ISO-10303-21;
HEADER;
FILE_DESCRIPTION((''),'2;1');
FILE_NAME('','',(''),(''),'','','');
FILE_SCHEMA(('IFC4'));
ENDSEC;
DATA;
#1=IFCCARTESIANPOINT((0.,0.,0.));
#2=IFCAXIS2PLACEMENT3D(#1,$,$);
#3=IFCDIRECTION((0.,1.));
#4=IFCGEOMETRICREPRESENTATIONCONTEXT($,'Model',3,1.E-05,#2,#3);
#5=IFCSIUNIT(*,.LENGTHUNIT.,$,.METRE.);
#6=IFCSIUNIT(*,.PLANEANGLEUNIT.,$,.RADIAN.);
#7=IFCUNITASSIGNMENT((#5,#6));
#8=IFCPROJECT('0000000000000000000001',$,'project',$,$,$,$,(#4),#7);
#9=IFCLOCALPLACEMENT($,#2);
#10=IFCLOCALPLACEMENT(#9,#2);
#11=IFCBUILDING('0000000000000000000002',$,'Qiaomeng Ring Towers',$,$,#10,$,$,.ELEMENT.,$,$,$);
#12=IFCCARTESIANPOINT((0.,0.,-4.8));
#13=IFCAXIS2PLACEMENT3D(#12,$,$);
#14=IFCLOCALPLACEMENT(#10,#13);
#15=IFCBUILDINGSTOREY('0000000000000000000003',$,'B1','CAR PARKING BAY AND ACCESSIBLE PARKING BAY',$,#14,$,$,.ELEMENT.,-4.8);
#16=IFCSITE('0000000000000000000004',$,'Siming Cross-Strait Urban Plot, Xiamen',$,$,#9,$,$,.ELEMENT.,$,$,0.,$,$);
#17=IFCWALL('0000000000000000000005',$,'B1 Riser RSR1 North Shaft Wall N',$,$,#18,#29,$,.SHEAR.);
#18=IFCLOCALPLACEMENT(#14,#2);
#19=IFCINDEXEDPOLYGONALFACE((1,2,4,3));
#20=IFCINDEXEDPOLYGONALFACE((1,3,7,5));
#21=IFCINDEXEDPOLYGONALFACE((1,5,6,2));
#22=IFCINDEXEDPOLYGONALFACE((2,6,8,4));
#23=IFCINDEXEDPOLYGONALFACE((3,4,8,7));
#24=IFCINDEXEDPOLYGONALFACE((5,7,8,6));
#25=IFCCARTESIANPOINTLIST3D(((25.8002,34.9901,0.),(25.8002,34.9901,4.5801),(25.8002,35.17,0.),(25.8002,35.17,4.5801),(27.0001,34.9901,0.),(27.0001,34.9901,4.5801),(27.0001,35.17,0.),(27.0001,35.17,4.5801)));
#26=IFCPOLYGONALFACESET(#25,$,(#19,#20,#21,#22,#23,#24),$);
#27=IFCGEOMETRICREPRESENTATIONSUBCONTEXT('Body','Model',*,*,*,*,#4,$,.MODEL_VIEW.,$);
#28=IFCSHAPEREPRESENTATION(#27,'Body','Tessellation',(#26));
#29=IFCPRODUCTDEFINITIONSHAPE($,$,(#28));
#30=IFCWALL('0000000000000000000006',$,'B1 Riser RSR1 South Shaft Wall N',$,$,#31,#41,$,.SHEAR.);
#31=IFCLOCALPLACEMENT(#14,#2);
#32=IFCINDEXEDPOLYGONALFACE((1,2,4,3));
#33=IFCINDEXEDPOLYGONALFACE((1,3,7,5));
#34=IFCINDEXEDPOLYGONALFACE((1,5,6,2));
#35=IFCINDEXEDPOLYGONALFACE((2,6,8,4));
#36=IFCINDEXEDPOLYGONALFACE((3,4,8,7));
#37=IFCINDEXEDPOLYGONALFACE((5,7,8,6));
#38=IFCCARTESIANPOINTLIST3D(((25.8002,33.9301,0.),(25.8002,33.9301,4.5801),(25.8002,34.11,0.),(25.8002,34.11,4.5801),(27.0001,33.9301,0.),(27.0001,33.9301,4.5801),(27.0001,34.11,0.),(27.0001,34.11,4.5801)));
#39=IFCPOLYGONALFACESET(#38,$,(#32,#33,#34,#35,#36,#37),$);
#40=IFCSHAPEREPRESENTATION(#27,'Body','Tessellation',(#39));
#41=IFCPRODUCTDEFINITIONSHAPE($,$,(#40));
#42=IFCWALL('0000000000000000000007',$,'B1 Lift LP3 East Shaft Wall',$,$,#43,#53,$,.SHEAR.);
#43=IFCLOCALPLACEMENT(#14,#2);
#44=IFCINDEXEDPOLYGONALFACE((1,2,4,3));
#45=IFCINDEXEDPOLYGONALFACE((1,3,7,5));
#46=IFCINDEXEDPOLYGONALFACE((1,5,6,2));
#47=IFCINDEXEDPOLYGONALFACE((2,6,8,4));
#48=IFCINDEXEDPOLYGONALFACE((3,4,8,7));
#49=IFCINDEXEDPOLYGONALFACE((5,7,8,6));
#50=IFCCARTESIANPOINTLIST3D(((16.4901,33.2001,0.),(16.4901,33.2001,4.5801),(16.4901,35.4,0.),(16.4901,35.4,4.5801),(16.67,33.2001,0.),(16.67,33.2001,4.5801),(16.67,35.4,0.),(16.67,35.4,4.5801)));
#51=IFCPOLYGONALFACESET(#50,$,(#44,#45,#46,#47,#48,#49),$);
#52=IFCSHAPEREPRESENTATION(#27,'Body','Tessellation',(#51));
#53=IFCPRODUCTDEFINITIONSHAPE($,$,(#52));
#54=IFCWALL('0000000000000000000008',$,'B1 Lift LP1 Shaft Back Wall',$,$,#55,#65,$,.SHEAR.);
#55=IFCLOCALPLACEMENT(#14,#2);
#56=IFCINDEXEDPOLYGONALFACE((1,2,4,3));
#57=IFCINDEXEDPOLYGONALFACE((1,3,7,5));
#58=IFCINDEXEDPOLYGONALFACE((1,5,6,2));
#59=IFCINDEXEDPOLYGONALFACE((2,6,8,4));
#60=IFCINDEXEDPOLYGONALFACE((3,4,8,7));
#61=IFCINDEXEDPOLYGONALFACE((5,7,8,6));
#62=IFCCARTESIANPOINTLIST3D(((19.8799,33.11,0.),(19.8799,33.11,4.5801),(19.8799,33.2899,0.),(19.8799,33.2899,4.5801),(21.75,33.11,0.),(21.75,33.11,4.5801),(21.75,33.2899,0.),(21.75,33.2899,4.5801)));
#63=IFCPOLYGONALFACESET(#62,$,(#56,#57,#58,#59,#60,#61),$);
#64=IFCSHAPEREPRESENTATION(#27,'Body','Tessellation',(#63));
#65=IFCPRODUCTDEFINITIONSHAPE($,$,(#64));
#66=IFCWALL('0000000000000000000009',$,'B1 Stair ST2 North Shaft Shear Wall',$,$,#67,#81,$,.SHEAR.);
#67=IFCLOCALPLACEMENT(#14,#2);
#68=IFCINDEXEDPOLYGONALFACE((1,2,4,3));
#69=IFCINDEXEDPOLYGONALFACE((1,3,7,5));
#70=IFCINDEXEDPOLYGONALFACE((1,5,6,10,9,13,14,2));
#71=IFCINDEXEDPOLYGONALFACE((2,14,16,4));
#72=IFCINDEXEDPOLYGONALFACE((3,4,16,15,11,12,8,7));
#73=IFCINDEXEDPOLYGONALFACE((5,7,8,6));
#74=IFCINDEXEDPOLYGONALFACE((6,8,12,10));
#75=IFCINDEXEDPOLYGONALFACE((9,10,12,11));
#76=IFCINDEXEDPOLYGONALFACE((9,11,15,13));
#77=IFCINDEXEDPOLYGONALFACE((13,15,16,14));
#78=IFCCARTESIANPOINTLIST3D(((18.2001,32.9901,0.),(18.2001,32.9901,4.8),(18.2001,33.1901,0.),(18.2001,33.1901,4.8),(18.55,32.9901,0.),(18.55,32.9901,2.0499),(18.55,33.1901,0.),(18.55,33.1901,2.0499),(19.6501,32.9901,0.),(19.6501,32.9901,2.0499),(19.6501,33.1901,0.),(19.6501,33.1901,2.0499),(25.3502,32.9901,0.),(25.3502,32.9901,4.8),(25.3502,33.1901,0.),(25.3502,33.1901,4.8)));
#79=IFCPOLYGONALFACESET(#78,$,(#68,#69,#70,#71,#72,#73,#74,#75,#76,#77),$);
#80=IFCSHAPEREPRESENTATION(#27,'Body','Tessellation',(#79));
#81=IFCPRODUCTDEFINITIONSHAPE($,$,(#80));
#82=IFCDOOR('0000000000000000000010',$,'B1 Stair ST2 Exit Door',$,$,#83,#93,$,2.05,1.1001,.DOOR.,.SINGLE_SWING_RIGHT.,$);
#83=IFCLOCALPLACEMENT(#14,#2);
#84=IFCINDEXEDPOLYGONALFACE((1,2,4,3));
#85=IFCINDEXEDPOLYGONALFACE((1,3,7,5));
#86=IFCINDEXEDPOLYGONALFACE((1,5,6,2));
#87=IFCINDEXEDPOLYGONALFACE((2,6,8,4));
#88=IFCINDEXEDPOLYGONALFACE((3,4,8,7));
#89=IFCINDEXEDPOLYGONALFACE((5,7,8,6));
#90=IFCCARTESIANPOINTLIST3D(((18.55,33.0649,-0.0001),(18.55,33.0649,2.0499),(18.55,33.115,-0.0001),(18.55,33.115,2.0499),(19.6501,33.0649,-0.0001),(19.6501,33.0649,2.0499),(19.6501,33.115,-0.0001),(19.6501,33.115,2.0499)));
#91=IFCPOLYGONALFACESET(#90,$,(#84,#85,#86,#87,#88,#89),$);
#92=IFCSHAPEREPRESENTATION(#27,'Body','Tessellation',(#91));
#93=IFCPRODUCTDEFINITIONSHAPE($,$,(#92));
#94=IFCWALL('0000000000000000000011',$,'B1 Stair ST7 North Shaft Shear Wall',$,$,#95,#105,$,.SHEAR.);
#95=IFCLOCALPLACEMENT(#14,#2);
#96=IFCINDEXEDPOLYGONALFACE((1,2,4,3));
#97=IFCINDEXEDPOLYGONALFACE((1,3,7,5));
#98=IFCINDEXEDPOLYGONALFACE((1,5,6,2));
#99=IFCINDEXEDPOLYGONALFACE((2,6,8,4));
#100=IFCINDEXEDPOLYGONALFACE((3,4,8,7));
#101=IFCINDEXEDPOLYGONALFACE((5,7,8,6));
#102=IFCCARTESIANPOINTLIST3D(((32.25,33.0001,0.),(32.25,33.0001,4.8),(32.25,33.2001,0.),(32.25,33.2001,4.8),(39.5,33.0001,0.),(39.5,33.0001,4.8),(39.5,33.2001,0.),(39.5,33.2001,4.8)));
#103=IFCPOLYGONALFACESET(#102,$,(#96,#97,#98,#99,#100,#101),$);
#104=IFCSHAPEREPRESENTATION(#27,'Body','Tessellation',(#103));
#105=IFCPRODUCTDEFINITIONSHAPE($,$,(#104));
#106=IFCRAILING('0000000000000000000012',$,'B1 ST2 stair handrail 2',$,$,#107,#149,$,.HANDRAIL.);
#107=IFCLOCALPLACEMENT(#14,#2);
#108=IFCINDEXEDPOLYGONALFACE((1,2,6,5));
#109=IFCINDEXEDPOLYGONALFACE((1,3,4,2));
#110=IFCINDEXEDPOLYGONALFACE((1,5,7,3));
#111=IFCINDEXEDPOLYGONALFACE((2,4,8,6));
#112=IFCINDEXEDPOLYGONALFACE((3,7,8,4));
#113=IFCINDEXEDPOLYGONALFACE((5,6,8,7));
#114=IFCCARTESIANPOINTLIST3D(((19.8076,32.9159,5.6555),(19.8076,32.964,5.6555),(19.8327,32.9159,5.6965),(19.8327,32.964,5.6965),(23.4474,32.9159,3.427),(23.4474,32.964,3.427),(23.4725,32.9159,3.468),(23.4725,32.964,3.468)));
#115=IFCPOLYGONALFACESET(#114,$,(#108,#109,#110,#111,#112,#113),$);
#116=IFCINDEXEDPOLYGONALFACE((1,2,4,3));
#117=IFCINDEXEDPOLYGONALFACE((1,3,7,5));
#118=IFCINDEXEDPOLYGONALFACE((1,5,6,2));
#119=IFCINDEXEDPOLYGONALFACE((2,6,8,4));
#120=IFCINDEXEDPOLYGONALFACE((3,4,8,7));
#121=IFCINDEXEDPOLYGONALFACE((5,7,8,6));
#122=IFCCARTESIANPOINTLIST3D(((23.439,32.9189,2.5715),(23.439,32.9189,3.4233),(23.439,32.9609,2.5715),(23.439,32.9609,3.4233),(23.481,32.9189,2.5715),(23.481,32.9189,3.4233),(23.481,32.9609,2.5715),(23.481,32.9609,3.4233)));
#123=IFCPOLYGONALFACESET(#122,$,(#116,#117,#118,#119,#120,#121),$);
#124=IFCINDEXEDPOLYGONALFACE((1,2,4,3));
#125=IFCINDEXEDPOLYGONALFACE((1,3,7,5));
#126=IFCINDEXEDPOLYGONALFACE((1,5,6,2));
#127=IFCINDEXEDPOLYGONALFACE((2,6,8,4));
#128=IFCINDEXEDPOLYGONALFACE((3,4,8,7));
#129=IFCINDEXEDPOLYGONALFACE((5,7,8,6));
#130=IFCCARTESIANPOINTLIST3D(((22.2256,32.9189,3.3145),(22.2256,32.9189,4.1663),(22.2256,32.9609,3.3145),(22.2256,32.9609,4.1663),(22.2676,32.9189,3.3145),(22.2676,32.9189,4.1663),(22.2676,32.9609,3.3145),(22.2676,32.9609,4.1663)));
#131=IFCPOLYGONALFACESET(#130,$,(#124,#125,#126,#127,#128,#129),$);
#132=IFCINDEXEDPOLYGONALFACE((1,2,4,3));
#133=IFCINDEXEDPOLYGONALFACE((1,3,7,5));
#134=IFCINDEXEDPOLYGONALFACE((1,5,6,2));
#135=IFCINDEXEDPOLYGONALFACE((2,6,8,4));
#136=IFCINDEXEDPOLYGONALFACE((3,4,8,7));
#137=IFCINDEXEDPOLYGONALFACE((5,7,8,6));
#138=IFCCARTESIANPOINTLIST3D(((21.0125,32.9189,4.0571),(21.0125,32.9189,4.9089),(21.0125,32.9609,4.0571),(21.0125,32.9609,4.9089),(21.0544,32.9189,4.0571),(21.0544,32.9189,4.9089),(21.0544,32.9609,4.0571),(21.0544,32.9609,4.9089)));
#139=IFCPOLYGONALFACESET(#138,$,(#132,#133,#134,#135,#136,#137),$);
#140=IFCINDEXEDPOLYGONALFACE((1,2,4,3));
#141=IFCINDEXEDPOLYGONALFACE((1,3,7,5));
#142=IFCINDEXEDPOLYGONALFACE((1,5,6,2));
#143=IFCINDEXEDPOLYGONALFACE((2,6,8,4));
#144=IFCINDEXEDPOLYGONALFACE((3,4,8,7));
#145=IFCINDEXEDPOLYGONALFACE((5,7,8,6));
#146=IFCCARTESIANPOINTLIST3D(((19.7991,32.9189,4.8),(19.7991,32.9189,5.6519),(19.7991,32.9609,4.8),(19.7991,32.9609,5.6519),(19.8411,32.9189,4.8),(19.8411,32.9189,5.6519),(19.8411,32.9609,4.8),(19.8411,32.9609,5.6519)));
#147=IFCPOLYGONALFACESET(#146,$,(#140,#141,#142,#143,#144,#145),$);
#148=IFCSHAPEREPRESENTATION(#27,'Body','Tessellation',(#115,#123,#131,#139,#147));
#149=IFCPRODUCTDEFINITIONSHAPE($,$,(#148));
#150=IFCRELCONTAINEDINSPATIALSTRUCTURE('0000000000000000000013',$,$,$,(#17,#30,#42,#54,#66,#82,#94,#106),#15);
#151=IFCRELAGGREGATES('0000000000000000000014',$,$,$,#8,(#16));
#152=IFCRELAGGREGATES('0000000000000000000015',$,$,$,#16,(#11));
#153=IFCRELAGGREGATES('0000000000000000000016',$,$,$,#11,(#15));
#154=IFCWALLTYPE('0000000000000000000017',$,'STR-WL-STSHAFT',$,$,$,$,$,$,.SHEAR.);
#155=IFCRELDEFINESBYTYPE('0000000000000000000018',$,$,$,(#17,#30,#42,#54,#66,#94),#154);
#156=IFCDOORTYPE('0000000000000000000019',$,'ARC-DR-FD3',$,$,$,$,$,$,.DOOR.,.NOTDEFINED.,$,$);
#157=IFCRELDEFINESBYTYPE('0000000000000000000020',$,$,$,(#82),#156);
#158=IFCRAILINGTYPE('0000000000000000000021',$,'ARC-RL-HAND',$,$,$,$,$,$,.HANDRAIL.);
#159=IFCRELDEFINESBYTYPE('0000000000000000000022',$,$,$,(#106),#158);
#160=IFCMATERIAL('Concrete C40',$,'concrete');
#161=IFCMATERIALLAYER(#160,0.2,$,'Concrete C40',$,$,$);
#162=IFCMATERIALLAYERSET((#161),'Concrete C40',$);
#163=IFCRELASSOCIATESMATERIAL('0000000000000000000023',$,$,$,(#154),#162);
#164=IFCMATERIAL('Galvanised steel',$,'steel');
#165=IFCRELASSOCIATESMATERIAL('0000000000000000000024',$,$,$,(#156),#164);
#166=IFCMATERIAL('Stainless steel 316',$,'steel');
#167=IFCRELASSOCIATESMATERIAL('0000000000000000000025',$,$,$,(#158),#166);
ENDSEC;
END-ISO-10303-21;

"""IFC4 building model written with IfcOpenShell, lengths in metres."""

from ifc_helpers import new_model, si_unit, direction, frame, frame_2d, origin, origin_2d, place, context, subcontext, project, spatial, rectangle, extrude, source, transform, mapped, material, layer, layer_set, type_object, element, fill, save


model = new_model("IFC4")

# Units and contexts
model_context = context("Model", 3, precision=1e-05, world=origin(), true_north=direction((0.0, 1.0)))
body_context = subcontext(model_context, "Body", "Model", "MODEL_VIEW")
ifc_project = project(units=[si_unit("LENGTHUNIT", "METRE"), si_unit("PLANEANGLEUNIT", "RADIAN")], contexts=[model_context])

# Site, building, storey
site_placement = place(None, origin())
site = spatial("IfcSite", under=ifc_project, at=site_placement, Name="Siming Cross-Strait Urban Plot, Xiamen", CompositionType="ELEMENT", RefElevation=0.0)
building_placement = place(site_placement, origin())
building = spatial("IfcBuilding", under=site, at=building_placement, Name="Qiaomeng Ring Towers", CompositionType="ELEMENT")
storey_placement = place(building_placement, frame((0.0, 0.0, -4.8)))
storey = spatial("IfcBuildingStorey", under=building, at=storey_placement, Name="B1", Description="CAR PARKING BAY AND ACCESSIBLE PARKING BAY", CompositionType="ELEMENT", Elevation=-4.8)

# Walls
ifc_material_1 = material(Name="Concrete C40", Category="concrete")
ifc_layer_1 = layer(ifc_material_1, 0.2, Name="Concrete C40")
ifc_layer_set_1 = layer_set([ifc_layer_1], Name="Concrete C40")
wall_type_1 = type_object("IfcWallType", Name="STR-WL-STSHAFT", PredefinedType="SHEAR", material=ifc_layer_set_1)
for number, where, z_axis, x_axis, name in (
    (1, (25.8, 35.0801, 0.0), (0.0, 0.0, 1.0), (1.0, 0.0, 0.0), "B1 Riser RSR1 North Shaft Wall N"),
    (2, (25.8, 34.02, 0.0), (0.0, 0.0, 1.0), (1.0, 0.0, 0.0), "B1 Riser RSR1 South Shaft Wall N"),
):
    element("IfcWall", number, at=place(storey_placement, frame(where, z_axis=z_axis, x_axis=x_axis)), inside=storey, type_object=wall_type_1, Name=name, PredefinedType="SHEAR", context=body_context, shape_type="SweptSolid", body=[
        extrude(rectangle(XDim=1.2, YDim=0.1799, at=frame_2d((0.6001, 0.0))), origin(), (0.0, 0.0, 1.0), 4.5801),
    ])
wall_1_placement = place(storey_placement, frame((16.5801, 33.2, 0.0), z_axis=(0.0, 0.0, 1.0), x_axis=(0.0, 1.0, 0.0)))
element("IfcWall", 3, at=wall_1_placement, inside=storey, type_object=wall_type_1, Name="B1 Lift LP3 East Shaft Wall", PredefinedType="SHEAR", context=body_context, shape_type="SweptSolid", body=[
    extrude(rectangle(XDim=2.2, YDim=0.1799, at=frame_2d((1.1001, 0.0))), origin(), (0.0, 0.0, 1.0), 4.5801),
])
wall_2_placement = place(storey_placement, frame((19.8799, 33.2, 0.0), z_axis=(0.0, 0.0, 1.0), x_axis=(1.0, 0.0, 0.0)))
element("IfcWall", 4, at=wall_2_placement, inside=storey, type_object=wall_type_1, Name="B1 Lift LP1 Shaft Back Wall", PredefinedType="SHEAR", context=body_context, shape_type="SweptSolid", body=[
    extrude(rectangle(XDim=1.8701, YDim=0.1799, at=frame_2d((0.9351, 0.0))), origin(), (0.0, 0.0, 1.0), 4.5801),
])

# Wall, opening, door
wall_3_placement = place(storey_placement, frame((18.2, 33.0901, 0.0), z_axis=(0.0, 0.0, 1.0), x_axis=(1.0, 0.0, 0.0)))
wall_3 = element("IfcWall", 5, at=wall_3_placement, inside=storey, type_object=wall_type_1, Name="B1 Stair ST2 North Shaft Shear Wall", PredefinedType="SHEAR", context=body_context, shape_type="SweptSolid", body=[
    extrude(rectangle(XDim=7.1501, YDim=0.2, at=frame_2d((3.5752, 0.0))), origin(), (0.0, 0.0, 1.0), 4.8),
])
opening_placement = place(wall_3_placement, frame((0.3501, 0.0, 0.0)))
opening = element("IfcOpeningElement", 6, at=opening_placement, cuts=wall_3, PredefinedType="OPENING", context=body_context, shape_type="SweptSolid", body=[
    extrude(rectangle(XDim=1.1001, YDim=2.05, at=frame_2d((0.55, 1.0249))), frame((0.0, 0.1099, 0.0), z_axis=(0.0, -1.0, 0.0), x_axis=(1.0, 0.0, 0.0)), (0.0, 0.0, 1.0), 0.22),
])
ifc_material_2 = material(Name="Galvanised steel", Category="steel")
door_type = type_object("IfcDoorType", Name="ARC-DR-FD3", OperationType="NOTDEFINED", PredefinedType="DOOR", material=ifc_material_2)
shared_shape_1 = source(origin(), body_context, "Body", "SweptSolid", [
    extrude(rectangle(XDim=1.1001, YDim=2.05, at=frame_2d((0.55, 1.0249))), frame((0.0, 0.0249, 0.0), z_axis=(0.0, -1.0, 0.0), x_axis=(1.0, 0.0, 0.0)), (0.0, 0.0, 1.0), 0.05),
])
door_placement = place(opening_placement, origin())
door = element("IfcDoor", 7, at=door_placement, inside=storey, type_object=door_type, Name="B1 Stair ST2 Exit Door", OperationType="SINGLE_SWING_RIGHT", OverallHeight=2.05, OverallWidth=1.1001, PredefinedType="DOOR", context=body_context, shape_type="MappedRepresentation", body=[
    mapped(shared_shape_1, transform((0.0, 0.0, 0.0), x_axis=(1.0, 0.0, 0.0), y_axis=(0.0, 1.0, 0.0), z_axis=(0.0, 0.0, 1.0), scale=1.0)),
])
fill(opening, door)

# Wall
wall_4_placement = place(storey_placement, frame((32.25, 33.1001, 0.0), z_axis=(0.0, 0.0, 1.0), x_axis=(1.0, 0.0, 0.0)))
element("IfcWall", 8, at=wall_4_placement, inside=storey, type_object=wall_type_1, Name="B1 Stair ST7 North Shaft Shear Wall", PredefinedType="SHEAR", context=body_context, shape_type="SweptSolid", body=[
    extrude(rectangle(XDim=7.25, YDim=0.2, at=frame_2d((3.625, 0.0))), origin(), (0.0, 0.0, 1.0), 4.8),
])

# Railing
ifc_material_3 = material(Name="Stainless steel 316", Category="steel")
railing_type = type_object("IfcRailingType", Name="ARC-RL-HAND", PredefinedType="HANDRAIL", material=ifc_material_3)
railing_placement = place(storey_placement, frame((23.46, 32.9399, 2.5715)))
element("IfcRailing", 9, at=railing_placement, inside=storey, type_object=railing_type, Name="B1 ST2 stair handrail 2", PredefinedType="HANDRAIL", context=body_context, shape_type="SweptSolid", body=[
    extrude(rectangle(XDim=0.0481, YDim=0.0481, at=origin_2d()), frame((0.0, 0.0, 0.876), z_axis=(-0.85285, 0.0, 0.522156), x_axis=(0.0, -1.0, 0.0)), (0.0, 0.0, 1.0), 4.2678),
    extrude(rectangle(XDim=0.042, YDim=0.042, at=origin_2d()), origin(), (0.0, 0.0, 1.0), 0.8518),
    extrude(rectangle(XDim=0.042, YDim=0.042, at=origin_2d()), frame((-1.2134, 0.0, 0.7429)), (0.0, 0.0, 1.0), 0.8518),
    extrude(rectangle(XDim=0.042, YDim=0.042, at=origin_2d()), frame((-2.4265, 0.0, 1.4856)), (0.0, 0.0, 1.0), 0.8518),
    extrude(rectangle(XDim=0.042, YDim=0.042, at=origin_2d()), frame((-3.6399, 0.0, 2.2285)), (0.0, 0.0, 1.0), 0.8518),
])

save(model, "model.ifc")
